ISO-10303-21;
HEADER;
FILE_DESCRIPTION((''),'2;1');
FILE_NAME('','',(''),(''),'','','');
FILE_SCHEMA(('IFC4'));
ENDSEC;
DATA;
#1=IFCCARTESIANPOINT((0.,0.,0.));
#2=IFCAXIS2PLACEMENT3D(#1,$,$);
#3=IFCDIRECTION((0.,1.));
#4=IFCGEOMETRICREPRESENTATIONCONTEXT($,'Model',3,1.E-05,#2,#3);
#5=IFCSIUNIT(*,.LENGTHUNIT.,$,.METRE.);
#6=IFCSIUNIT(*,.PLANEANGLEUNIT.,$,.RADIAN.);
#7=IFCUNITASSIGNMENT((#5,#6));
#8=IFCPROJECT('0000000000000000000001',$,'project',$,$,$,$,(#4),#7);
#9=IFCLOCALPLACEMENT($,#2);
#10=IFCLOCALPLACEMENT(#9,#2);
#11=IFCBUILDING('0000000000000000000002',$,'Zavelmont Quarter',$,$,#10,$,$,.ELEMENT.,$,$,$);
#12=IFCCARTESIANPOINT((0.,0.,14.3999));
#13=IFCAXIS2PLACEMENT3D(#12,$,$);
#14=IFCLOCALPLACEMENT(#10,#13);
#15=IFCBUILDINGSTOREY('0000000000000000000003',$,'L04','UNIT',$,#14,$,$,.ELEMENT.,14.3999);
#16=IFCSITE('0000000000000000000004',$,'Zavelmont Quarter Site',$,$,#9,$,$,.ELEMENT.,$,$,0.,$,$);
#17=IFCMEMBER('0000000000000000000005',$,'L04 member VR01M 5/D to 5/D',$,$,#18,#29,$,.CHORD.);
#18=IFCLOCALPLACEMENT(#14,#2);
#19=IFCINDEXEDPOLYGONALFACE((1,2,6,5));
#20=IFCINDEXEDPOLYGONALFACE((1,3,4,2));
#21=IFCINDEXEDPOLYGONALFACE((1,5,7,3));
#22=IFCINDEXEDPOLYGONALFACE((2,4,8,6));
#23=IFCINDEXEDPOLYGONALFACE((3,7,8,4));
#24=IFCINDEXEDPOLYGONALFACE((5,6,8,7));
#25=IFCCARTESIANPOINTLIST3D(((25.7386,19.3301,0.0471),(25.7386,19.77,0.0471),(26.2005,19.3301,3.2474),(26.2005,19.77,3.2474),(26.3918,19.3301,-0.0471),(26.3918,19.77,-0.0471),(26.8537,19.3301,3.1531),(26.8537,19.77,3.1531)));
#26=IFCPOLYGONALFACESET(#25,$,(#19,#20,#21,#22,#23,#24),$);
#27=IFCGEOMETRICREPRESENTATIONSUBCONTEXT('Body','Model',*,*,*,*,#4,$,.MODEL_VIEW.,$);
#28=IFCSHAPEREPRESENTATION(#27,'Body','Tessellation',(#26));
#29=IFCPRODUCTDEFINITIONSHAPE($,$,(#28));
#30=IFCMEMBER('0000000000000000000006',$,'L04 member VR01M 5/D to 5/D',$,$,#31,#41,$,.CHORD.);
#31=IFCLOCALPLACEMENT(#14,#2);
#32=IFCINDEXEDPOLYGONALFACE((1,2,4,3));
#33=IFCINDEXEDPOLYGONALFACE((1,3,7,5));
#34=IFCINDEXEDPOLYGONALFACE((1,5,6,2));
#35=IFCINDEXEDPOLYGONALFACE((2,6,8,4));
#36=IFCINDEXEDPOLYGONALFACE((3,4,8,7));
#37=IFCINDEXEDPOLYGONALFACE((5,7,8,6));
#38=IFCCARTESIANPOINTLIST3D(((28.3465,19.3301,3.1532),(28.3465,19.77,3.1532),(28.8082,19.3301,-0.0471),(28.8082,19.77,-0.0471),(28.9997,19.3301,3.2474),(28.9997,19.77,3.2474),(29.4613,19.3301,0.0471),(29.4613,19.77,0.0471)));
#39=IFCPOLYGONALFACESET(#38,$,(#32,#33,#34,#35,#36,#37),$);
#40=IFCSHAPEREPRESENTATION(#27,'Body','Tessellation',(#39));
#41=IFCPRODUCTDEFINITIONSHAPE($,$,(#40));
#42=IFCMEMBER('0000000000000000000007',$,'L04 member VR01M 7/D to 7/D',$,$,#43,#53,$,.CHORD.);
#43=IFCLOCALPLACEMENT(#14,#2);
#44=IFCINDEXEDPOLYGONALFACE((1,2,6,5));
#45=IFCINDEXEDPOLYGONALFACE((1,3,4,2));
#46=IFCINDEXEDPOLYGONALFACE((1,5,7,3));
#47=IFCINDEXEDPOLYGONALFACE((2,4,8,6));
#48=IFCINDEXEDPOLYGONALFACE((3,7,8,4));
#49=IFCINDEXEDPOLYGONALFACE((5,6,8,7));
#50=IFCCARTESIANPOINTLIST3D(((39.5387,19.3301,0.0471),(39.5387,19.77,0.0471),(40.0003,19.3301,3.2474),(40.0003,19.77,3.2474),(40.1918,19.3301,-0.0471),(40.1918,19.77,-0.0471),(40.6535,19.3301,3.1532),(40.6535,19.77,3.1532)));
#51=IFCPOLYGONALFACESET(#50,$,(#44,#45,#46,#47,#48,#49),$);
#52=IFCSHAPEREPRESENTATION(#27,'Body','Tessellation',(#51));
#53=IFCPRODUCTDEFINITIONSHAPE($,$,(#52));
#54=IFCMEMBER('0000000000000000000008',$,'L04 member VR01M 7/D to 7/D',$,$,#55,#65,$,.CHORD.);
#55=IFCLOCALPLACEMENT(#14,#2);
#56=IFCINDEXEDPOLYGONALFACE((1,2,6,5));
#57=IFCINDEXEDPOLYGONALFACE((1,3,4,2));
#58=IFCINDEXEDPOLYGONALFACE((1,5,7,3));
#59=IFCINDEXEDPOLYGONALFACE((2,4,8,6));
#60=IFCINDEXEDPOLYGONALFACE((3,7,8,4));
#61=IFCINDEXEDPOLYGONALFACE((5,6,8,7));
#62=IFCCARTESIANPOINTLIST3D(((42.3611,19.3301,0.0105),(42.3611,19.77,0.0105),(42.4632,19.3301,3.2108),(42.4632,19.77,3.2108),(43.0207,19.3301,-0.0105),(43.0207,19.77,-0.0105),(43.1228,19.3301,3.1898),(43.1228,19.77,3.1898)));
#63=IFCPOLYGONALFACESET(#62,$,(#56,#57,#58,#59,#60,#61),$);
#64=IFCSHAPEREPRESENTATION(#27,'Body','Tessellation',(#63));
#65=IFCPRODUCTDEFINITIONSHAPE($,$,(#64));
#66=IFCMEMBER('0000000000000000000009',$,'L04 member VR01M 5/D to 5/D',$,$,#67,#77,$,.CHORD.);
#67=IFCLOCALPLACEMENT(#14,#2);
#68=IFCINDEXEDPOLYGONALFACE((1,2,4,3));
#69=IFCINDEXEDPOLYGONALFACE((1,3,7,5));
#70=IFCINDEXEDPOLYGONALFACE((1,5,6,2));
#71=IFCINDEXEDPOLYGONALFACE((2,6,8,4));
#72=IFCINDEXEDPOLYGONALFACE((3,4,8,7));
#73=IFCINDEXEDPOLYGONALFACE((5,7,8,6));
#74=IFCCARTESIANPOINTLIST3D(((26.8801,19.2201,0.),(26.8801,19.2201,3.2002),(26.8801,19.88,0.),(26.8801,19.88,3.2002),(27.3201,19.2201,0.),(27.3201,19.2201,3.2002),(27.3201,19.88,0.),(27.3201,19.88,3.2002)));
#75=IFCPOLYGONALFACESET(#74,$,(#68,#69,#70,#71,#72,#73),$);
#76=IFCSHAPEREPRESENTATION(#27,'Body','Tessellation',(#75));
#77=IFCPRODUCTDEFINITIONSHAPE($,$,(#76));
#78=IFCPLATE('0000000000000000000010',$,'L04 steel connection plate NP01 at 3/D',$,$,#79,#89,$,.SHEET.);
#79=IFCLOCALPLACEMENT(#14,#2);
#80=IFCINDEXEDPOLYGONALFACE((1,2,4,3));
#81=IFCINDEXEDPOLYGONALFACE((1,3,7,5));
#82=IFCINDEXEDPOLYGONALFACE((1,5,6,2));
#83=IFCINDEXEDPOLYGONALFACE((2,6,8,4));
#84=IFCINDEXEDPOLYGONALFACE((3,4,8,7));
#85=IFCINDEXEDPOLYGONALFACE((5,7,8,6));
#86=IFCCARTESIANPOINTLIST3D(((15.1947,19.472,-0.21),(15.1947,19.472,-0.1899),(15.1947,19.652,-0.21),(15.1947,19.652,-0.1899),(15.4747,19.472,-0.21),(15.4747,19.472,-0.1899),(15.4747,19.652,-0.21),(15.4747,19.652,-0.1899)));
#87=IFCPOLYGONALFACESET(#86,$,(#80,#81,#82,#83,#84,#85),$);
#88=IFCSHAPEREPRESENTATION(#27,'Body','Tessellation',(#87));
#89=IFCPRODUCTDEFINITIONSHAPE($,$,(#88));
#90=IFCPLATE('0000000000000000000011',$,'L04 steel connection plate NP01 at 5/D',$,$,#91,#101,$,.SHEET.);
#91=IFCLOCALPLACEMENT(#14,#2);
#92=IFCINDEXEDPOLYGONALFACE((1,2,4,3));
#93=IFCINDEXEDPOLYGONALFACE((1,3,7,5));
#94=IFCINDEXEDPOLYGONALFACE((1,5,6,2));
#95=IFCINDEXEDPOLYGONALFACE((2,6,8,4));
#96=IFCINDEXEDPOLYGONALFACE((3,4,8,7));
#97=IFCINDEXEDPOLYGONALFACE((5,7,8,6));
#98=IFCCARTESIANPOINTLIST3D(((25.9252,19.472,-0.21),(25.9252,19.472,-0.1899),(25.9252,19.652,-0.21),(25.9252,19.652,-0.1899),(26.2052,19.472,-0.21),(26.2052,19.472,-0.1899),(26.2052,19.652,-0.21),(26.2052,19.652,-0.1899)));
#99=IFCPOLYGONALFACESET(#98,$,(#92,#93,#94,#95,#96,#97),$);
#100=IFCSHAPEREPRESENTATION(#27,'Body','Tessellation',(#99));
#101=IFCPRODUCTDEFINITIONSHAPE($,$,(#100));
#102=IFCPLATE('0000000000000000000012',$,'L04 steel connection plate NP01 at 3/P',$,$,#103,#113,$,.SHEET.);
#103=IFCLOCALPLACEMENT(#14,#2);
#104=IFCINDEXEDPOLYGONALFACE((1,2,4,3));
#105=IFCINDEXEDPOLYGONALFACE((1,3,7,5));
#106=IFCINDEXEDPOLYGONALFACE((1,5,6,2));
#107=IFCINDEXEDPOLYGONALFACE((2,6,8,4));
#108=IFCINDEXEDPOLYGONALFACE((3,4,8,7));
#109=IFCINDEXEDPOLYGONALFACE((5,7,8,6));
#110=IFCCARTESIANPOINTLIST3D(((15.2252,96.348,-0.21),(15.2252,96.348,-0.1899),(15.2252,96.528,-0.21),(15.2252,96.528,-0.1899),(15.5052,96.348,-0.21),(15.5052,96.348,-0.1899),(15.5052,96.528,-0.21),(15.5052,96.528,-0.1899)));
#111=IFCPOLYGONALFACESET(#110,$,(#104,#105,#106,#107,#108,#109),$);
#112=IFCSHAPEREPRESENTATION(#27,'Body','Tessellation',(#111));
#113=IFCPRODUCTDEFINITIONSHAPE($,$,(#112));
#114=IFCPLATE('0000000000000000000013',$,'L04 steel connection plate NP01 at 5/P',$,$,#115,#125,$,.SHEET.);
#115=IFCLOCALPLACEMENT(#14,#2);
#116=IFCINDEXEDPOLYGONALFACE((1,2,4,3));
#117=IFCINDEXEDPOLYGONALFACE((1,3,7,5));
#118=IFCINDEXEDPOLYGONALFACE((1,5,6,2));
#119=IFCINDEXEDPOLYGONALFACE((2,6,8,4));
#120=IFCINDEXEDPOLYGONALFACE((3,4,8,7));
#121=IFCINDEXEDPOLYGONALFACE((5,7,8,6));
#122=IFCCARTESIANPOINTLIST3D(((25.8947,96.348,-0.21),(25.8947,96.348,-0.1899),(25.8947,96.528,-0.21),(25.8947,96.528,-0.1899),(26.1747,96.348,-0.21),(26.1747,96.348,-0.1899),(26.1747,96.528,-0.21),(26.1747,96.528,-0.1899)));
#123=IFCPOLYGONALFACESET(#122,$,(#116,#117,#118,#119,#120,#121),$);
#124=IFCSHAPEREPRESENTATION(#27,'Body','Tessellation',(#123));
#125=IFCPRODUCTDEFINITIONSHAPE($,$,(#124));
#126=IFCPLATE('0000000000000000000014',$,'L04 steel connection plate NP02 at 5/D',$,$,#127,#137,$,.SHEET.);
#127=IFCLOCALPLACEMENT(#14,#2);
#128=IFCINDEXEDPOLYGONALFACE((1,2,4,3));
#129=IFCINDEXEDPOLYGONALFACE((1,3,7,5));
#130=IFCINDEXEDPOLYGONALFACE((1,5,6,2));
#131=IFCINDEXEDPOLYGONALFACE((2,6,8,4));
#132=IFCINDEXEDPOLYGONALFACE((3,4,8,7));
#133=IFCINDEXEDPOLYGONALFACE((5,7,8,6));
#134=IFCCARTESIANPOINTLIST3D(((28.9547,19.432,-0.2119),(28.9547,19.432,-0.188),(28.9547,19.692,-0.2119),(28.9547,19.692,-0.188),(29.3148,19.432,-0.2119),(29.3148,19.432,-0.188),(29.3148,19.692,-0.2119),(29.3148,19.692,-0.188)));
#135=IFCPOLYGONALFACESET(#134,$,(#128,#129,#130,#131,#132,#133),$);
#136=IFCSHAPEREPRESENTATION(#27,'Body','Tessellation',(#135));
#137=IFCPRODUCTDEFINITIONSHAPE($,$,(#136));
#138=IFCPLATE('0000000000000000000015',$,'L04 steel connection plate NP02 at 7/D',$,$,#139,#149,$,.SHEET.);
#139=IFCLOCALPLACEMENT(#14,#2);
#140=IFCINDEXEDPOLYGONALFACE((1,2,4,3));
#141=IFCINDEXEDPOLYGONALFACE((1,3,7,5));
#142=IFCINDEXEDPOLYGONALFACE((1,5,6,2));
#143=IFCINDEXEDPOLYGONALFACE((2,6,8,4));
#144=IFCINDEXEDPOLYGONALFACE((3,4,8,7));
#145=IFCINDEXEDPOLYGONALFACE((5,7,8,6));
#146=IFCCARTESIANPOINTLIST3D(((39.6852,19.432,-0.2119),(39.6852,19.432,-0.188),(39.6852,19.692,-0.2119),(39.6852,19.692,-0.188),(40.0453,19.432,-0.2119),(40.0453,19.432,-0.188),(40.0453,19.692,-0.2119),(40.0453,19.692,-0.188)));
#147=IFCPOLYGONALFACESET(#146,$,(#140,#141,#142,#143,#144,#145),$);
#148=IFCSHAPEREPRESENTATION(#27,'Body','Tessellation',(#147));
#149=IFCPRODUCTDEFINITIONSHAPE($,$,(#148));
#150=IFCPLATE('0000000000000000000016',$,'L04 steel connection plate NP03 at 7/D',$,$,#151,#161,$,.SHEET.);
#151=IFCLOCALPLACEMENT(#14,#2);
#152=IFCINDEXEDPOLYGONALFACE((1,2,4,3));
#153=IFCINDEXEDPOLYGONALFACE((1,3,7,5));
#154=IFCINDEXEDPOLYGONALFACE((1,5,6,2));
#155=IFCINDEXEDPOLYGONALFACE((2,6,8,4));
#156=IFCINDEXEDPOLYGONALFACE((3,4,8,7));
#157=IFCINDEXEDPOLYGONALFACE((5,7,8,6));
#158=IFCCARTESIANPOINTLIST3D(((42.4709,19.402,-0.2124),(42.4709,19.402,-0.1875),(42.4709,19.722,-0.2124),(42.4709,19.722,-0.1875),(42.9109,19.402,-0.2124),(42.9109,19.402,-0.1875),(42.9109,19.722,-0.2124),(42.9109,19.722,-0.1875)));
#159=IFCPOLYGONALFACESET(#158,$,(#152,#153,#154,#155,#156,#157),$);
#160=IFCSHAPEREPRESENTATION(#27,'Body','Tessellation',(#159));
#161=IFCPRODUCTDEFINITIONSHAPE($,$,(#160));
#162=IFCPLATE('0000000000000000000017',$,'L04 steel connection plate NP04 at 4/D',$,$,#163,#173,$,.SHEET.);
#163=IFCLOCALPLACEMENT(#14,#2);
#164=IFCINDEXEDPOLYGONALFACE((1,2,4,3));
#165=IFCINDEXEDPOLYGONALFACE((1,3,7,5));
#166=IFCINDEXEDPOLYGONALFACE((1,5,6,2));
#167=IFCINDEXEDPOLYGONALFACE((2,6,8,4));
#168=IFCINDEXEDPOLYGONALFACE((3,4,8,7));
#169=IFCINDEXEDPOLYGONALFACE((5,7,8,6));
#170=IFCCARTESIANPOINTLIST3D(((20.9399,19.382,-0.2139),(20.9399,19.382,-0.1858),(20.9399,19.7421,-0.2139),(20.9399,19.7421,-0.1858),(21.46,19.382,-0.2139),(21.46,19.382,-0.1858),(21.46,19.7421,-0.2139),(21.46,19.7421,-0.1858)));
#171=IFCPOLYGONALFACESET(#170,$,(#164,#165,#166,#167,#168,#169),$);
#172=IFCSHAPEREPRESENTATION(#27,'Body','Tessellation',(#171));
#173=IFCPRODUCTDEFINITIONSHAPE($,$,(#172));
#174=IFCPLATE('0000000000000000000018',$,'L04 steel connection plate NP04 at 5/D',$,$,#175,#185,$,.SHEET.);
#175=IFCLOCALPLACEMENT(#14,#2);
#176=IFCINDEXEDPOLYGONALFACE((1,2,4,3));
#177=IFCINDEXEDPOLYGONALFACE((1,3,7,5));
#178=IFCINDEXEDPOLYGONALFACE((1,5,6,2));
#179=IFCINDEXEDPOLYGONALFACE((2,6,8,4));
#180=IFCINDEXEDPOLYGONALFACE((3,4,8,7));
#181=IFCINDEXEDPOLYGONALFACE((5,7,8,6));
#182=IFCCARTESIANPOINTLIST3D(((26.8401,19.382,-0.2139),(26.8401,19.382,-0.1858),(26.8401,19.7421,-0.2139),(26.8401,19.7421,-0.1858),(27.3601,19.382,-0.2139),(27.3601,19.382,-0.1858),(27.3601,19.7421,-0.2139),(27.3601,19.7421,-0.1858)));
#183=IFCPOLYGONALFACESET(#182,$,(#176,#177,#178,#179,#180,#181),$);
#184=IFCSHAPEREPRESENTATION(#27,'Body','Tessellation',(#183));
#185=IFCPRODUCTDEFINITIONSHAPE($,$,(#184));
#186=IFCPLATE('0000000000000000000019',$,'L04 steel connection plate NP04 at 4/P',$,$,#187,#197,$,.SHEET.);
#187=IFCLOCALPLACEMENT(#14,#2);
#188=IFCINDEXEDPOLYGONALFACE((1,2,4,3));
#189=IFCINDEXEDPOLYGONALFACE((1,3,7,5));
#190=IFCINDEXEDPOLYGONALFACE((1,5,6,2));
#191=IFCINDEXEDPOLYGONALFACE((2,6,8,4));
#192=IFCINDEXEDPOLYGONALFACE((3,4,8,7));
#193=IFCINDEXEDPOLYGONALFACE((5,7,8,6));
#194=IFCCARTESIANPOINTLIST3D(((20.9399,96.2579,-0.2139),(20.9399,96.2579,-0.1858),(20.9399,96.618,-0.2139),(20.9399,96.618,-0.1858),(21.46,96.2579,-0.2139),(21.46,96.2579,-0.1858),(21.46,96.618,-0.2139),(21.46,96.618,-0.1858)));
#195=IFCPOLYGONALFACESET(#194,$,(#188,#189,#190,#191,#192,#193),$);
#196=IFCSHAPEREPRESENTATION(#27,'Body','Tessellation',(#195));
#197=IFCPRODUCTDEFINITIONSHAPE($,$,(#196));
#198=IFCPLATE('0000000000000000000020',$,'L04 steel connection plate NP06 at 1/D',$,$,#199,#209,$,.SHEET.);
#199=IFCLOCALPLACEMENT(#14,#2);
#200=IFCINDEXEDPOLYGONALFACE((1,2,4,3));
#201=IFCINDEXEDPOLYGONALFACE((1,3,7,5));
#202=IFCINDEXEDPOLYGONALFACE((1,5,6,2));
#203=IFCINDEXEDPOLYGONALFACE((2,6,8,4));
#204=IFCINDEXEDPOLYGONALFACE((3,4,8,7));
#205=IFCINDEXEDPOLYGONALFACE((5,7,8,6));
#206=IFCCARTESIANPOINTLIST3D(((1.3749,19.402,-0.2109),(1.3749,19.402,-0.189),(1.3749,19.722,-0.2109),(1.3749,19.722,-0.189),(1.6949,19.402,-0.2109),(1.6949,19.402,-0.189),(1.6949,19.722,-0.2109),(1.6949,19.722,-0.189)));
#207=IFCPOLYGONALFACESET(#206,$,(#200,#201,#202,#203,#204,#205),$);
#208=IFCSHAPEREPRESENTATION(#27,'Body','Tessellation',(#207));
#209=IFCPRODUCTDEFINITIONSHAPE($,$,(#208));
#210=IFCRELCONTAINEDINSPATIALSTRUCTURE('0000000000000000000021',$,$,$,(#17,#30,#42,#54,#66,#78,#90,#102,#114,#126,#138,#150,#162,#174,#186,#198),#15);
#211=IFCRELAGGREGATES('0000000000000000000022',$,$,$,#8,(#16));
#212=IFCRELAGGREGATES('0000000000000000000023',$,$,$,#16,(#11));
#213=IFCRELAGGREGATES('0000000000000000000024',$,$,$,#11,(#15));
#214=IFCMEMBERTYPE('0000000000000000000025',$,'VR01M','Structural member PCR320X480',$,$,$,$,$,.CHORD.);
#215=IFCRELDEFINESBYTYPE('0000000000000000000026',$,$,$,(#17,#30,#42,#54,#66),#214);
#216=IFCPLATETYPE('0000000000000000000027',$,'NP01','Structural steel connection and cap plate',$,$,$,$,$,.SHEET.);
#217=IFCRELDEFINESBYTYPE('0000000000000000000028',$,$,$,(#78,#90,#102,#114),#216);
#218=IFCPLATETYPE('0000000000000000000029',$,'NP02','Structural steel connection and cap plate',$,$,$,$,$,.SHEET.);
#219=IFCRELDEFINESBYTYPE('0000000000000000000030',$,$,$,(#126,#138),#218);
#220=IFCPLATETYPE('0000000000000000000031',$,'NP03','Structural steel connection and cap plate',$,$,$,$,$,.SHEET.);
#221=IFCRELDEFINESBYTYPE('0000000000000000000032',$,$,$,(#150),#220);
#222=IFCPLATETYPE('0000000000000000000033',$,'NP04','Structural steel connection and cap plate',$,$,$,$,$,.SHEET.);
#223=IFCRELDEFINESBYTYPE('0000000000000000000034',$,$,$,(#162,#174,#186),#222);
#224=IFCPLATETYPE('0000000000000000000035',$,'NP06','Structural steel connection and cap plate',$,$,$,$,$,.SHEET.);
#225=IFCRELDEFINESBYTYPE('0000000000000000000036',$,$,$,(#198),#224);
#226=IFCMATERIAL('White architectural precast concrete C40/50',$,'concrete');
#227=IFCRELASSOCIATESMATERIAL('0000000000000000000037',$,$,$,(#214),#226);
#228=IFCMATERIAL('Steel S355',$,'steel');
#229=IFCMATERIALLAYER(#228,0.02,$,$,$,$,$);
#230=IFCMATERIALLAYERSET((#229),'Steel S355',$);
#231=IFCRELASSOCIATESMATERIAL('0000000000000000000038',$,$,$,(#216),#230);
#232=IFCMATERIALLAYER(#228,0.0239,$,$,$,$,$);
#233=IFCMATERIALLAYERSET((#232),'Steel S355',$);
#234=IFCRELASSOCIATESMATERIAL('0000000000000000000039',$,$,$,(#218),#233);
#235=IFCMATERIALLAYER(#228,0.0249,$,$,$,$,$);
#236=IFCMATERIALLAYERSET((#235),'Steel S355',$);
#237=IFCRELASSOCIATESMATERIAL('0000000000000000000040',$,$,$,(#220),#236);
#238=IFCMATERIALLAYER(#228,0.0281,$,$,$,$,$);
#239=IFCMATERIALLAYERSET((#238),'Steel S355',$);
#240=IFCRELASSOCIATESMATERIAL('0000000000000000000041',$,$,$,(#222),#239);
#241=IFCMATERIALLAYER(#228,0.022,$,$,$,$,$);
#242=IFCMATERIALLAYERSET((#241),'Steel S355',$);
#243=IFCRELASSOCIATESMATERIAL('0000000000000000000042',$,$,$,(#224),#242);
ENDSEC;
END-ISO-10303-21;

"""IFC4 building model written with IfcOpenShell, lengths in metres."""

from ifc_helpers import new_model, si_unit, direction, frame, origin, origin_2d, place, context, subcontext, project, spatial, rectangle, extrude, material, layer, layer_set, material_profile, profile_set, type_object, element, save


model = new_model("IFC4")

# Units and contexts
model_context = context("Model", 3, precision=1e-05, world=origin(), true_north=direction((0.0, 1.0)))
body_context = subcontext(model_context, "Body", "Model", "MODEL_VIEW")
ifc_project = project(units=[si_unit("LENGTHUNIT", "METRE"), si_unit("PLANEANGLEUNIT", "RADIAN")], contexts=[model_context])

# Site, building, storey
site_placement = place(None, origin())
site = spatial("IfcSite", under=ifc_project, at=site_placement, Name="Zavelmont Quarter Site", CompositionType="ELEMENT", RefElevation=0.0)
building_placement = place(site_placement, origin())
building = spatial("IfcBuilding", under=site, at=building_placement, Name="Zavelmont Quarter", CompositionType="ELEMENT")
storey_placement = place(building_placement, frame((0.0, 0.0, 14.3999)))
storey = spatial("IfcBuildingStorey", under=building, at=storey_placement, Name="L04", Description="UNIT", CompositionType="ELEMENT", Elevation=14.3999)

# Members
ifc_material_1 = material(Name="White architectural precast concrete C40/50", Category="concrete")
ifc_material_profile = material_profile(ifc_material_1, rectangle(XDim=0.4399, YDim=0.6599, at=origin_2d()), Name="PCR320X480")
ifc_profile_set = profile_set([ifc_material_profile], Name="White architectural precast concrete C40/50")
member_type = type_object("IfcMemberType", Name="VR01M", Description="Structural member PCR320X480", PredefinedType="CHORD", material=ifc_profile_set)
for number, where, z_axis, x_axis, name in (
    (1, (26.0652, 19.55, 0.0), (0.142859, 0.0, 0.989743), (0.0, 1.0, 0.0), "L04 member VR01M 5/D to 5/D"),
    (2, (29.1348, 19.55, 0.0), (-0.142785, 0.0, 0.989754), (0.0, -1.0, 0.0), "L04 member VR01M 5/D to 5/D"),
    (3, (39.8652, 19.55, 0.0), (0.142785, 0.0, 0.989754), (0.0, 1.0, 0.0), "L04 member VR01M 7/D to 7/D"),
):
    element("IfcMember", number, at=place(storey_placement, frame(where, z_axis=z_axis, x_axis=x_axis)), inside=storey, type_object=member_type, Name=name, PredefinedType="CHORD", context=body_context, shape_type="SweptSolid", body=[
        extrude(rectangle(XDim=0.4399, YDim=0.6599, at=origin_2d()), origin(), (0.0, 0.0, 1.0), 3.2334),
    ])
member_1_placement = place(storey_placement, frame((42.6909, 19.55, 0.0), z_axis=(0.031873, 0.0, 0.999492), x_axis=(0.0, 1.0, 0.0)))
element("IfcMember", 4, at=member_1_placement, inside=storey, type_object=member_type, Name="L04 member VR01M 7/D to 7/D", PredefinedType="CHORD", context=body_context, shape_type="SweptSolid", body=[
    extrude(rectangle(XDim=0.4399, YDim=0.6599, at=origin_2d()), origin(), (0.0, 0.0, 1.0), 3.2019),
])
member_2_placement = place(storey_placement, frame((27.1001, 19.55, 0.0), z_axis=(0.0, 0.0, 1.0), x_axis=(1.0, 0.0, 0.0)))
element("IfcMember", 5, at=member_2_placement, inside=storey, type_object=member_type, Name="L04 member VR01M 5/D to 5/D", PredefinedType="CHORD", context=body_context, shape_type="SweptSolid", body=[
    extrude(rectangle(XDim=0.4399, YDim=0.6599, at=origin_2d()), origin(), (0.0, 0.0, 1.0), 3.2002),
])

# Plates
ifc_material_2 = material(Name="Steel S355", Category="steel")
ifc_layer_1 = layer(ifc_material_2, 0.02)
ifc_layer_set_1 = layer_set([ifc_layer_1], Name="Steel S355")
plate_type_1 = type_object("IfcPlateType", Name="NP01", Description="Structural steel connection and cap plate", PredefinedType="SHEET", material=ifc_layer_set_1)
for number, where, z_axis, x_axis, name in (
    (6, (15.3347, 19.562, -0.21), (0.0, 0.0, 1.0), (1.0, 0.0, 0.0), "L04 steel connection plate NP01 at 3/D"),
    (7, (26.0652, 19.562, -0.21), (0.0, 0.0, 1.0), (1.0, 0.0, 0.0), "L04 steel connection plate NP01 at 5/D"),
    (8, (15.3652, 96.438, -0.21), (0.0, 0.0, 1.0), (1.0, 0.0, 0.0), "L04 steel connection plate NP01 at 3/P"),
    (9, (26.0347, 96.438, -0.21), (0.0, 0.0, 1.0), (1.0, 0.0, 0.0), "L04 steel connection plate NP01 at 5/P"),
):
    element("IfcPlate", number, at=place(storey_placement, frame(where, z_axis=z_axis, x_axis=x_axis)), inside=storey, type_object=plate_type_1, Name=name, PredefinedType="SHEET", context=body_context, shape_type="SweptSolid", body=[
        extrude(rectangle(XDim=0.28, YDim=0.1799, at=origin_2d()), origin(), (0.0, 0.0, 1.0), 0.02),
    ])
ifc_layer_2 = layer(ifc_material_2, 0.0239)
ifc_layer_set_2 = layer_set([ifc_layer_2], Name="Steel S355")
plate_type_2 = type_object("IfcPlateType", Name="NP02", Description="Structural steel connection and cap plate", PredefinedType="SHEET", material=ifc_layer_set_2)
for number, where, z_axis, x_axis, name in (
    (10, (29.1348, 19.562, -0.2119), (0.0, 0.0, 1.0), (1.0, 0.0, 0.0), "L04 steel connection plate NP02 at 5/D"),
    (11, (39.8652, 19.562, -0.2119), (0.0, 0.0, 1.0), (1.0, 0.0, 0.0), "L04 steel connection plate NP02 at 7/D"),
):
    element("IfcPlate", number, at=place(storey_placement, frame(where, z_axis=z_axis, x_axis=x_axis)), inside=storey, type_object=plate_type_2, Name=name, PredefinedType="SHEET", context=body_context, shape_type="SweptSolid", body=[
        extrude(rectangle(XDim=0.3601, YDim=0.26, at=origin_2d()), origin(), (0.0, 0.0, 1.0), 0.0239),
    ])
ifc_layer_3 = layer(ifc_material_2, 0.0249)
ifc_layer_set_3 = layer_set([ifc_layer_3], Name="Steel S355")
plate_type_3 = type_object("IfcPlateType", Name="NP03", Description="Structural steel connection and cap plate", PredefinedType="SHEET", material=ifc_layer_set_3)
plate_placement = place(storey_placement, frame((42.6909, 19.562, -0.2124), z_axis=(0.0, 0.0, 1.0), x_axis=(1.0, 0.0, 0.0)))
element("IfcPlate", 12, at=plate_placement, inside=storey, type_object=plate_type_3, Name="L04 steel connection plate NP03 at 7/D", PredefinedType="SHEET", context=body_context, shape_type="SweptSolid", body=[
    extrude(rectangle(XDim=0.4399, YDim=0.3201, at=origin_2d()), origin(), (0.0, 0.0, 1.0), 0.0249),
])
ifc_layer_4 = layer(ifc_material_2, 0.0281)
ifc_layer_set_4 = layer_set([ifc_layer_4], Name="Steel S355")
plate_type_4 = type_object("IfcPlateType", Name="NP04", Description="Structural steel connection and cap plate", PredefinedType="SHEET", material=ifc_layer_set_4)
for number, where, z_axis, x_axis, name in (
    (13, (21.2, 19.562, -0.2139), (0.0, 0.0, 1.0), (1.0, 0.0, 0.0), "L04 steel connection plate NP04 at 4/D"),
    (14, (27.1001, 19.562, -0.2139), (0.0, 0.0, 1.0), (1.0, 0.0, 0.0), "L04 steel connection plate NP04 at 5/D"),
    (15, (21.2, 96.438, -0.2139), (0.0, 0.0, 1.0), (1.0, 0.0, 0.0), "L04 steel connection plate NP04 at 4/P"),
):
    element("IfcPlate", number, at=place(storey_placement, frame(where, z_axis=z_axis, x_axis=x_axis)), inside=storey, type_object=plate_type_4, Name=name, PredefinedType="SHEET", context=body_context, shape_type="SweptSolid", body=[
        extrude(rectangle(XDim=0.52, YDim=0.3601, at=origin_2d()), origin(), (0.0, 0.0, 1.0), 0.0281),
    ])
ifc_layer_5 = layer(ifc_material_2, 0.022)
ifc_layer_set_5 = layer_set([ifc_layer_5], Name="Steel S355")
plate_type_5 = type_object("IfcPlateType", Name="NP06", Description="Structural steel connection and cap plate", PredefinedType="SHEET", material=ifc_layer_set_5)
for number, where, z_axis, x_axis, name in (
    (16, (1.5349, 19.562, -0.2109), (0.0, 0.0, 1.0), (1.0, 0.0, 0.0), "L04 steel connection plate NP06 at 1/D"),
):
    element("IfcPlate", number, at=place(storey_placement, frame(where, z_axis=z_axis, x_axis=x_axis)), inside=storey, type_object=plate_type_5, Name=name, PredefinedType="SHEET", context=body_context, shape_type="SweptSolid", body=[
        extrude(rectangle(XDim=0.3201, YDim=0.3201, at=origin_2d()), origin(), (0.0, 0.0, 1.0), 0.022),
    ])

save(model, "model.ifc")
